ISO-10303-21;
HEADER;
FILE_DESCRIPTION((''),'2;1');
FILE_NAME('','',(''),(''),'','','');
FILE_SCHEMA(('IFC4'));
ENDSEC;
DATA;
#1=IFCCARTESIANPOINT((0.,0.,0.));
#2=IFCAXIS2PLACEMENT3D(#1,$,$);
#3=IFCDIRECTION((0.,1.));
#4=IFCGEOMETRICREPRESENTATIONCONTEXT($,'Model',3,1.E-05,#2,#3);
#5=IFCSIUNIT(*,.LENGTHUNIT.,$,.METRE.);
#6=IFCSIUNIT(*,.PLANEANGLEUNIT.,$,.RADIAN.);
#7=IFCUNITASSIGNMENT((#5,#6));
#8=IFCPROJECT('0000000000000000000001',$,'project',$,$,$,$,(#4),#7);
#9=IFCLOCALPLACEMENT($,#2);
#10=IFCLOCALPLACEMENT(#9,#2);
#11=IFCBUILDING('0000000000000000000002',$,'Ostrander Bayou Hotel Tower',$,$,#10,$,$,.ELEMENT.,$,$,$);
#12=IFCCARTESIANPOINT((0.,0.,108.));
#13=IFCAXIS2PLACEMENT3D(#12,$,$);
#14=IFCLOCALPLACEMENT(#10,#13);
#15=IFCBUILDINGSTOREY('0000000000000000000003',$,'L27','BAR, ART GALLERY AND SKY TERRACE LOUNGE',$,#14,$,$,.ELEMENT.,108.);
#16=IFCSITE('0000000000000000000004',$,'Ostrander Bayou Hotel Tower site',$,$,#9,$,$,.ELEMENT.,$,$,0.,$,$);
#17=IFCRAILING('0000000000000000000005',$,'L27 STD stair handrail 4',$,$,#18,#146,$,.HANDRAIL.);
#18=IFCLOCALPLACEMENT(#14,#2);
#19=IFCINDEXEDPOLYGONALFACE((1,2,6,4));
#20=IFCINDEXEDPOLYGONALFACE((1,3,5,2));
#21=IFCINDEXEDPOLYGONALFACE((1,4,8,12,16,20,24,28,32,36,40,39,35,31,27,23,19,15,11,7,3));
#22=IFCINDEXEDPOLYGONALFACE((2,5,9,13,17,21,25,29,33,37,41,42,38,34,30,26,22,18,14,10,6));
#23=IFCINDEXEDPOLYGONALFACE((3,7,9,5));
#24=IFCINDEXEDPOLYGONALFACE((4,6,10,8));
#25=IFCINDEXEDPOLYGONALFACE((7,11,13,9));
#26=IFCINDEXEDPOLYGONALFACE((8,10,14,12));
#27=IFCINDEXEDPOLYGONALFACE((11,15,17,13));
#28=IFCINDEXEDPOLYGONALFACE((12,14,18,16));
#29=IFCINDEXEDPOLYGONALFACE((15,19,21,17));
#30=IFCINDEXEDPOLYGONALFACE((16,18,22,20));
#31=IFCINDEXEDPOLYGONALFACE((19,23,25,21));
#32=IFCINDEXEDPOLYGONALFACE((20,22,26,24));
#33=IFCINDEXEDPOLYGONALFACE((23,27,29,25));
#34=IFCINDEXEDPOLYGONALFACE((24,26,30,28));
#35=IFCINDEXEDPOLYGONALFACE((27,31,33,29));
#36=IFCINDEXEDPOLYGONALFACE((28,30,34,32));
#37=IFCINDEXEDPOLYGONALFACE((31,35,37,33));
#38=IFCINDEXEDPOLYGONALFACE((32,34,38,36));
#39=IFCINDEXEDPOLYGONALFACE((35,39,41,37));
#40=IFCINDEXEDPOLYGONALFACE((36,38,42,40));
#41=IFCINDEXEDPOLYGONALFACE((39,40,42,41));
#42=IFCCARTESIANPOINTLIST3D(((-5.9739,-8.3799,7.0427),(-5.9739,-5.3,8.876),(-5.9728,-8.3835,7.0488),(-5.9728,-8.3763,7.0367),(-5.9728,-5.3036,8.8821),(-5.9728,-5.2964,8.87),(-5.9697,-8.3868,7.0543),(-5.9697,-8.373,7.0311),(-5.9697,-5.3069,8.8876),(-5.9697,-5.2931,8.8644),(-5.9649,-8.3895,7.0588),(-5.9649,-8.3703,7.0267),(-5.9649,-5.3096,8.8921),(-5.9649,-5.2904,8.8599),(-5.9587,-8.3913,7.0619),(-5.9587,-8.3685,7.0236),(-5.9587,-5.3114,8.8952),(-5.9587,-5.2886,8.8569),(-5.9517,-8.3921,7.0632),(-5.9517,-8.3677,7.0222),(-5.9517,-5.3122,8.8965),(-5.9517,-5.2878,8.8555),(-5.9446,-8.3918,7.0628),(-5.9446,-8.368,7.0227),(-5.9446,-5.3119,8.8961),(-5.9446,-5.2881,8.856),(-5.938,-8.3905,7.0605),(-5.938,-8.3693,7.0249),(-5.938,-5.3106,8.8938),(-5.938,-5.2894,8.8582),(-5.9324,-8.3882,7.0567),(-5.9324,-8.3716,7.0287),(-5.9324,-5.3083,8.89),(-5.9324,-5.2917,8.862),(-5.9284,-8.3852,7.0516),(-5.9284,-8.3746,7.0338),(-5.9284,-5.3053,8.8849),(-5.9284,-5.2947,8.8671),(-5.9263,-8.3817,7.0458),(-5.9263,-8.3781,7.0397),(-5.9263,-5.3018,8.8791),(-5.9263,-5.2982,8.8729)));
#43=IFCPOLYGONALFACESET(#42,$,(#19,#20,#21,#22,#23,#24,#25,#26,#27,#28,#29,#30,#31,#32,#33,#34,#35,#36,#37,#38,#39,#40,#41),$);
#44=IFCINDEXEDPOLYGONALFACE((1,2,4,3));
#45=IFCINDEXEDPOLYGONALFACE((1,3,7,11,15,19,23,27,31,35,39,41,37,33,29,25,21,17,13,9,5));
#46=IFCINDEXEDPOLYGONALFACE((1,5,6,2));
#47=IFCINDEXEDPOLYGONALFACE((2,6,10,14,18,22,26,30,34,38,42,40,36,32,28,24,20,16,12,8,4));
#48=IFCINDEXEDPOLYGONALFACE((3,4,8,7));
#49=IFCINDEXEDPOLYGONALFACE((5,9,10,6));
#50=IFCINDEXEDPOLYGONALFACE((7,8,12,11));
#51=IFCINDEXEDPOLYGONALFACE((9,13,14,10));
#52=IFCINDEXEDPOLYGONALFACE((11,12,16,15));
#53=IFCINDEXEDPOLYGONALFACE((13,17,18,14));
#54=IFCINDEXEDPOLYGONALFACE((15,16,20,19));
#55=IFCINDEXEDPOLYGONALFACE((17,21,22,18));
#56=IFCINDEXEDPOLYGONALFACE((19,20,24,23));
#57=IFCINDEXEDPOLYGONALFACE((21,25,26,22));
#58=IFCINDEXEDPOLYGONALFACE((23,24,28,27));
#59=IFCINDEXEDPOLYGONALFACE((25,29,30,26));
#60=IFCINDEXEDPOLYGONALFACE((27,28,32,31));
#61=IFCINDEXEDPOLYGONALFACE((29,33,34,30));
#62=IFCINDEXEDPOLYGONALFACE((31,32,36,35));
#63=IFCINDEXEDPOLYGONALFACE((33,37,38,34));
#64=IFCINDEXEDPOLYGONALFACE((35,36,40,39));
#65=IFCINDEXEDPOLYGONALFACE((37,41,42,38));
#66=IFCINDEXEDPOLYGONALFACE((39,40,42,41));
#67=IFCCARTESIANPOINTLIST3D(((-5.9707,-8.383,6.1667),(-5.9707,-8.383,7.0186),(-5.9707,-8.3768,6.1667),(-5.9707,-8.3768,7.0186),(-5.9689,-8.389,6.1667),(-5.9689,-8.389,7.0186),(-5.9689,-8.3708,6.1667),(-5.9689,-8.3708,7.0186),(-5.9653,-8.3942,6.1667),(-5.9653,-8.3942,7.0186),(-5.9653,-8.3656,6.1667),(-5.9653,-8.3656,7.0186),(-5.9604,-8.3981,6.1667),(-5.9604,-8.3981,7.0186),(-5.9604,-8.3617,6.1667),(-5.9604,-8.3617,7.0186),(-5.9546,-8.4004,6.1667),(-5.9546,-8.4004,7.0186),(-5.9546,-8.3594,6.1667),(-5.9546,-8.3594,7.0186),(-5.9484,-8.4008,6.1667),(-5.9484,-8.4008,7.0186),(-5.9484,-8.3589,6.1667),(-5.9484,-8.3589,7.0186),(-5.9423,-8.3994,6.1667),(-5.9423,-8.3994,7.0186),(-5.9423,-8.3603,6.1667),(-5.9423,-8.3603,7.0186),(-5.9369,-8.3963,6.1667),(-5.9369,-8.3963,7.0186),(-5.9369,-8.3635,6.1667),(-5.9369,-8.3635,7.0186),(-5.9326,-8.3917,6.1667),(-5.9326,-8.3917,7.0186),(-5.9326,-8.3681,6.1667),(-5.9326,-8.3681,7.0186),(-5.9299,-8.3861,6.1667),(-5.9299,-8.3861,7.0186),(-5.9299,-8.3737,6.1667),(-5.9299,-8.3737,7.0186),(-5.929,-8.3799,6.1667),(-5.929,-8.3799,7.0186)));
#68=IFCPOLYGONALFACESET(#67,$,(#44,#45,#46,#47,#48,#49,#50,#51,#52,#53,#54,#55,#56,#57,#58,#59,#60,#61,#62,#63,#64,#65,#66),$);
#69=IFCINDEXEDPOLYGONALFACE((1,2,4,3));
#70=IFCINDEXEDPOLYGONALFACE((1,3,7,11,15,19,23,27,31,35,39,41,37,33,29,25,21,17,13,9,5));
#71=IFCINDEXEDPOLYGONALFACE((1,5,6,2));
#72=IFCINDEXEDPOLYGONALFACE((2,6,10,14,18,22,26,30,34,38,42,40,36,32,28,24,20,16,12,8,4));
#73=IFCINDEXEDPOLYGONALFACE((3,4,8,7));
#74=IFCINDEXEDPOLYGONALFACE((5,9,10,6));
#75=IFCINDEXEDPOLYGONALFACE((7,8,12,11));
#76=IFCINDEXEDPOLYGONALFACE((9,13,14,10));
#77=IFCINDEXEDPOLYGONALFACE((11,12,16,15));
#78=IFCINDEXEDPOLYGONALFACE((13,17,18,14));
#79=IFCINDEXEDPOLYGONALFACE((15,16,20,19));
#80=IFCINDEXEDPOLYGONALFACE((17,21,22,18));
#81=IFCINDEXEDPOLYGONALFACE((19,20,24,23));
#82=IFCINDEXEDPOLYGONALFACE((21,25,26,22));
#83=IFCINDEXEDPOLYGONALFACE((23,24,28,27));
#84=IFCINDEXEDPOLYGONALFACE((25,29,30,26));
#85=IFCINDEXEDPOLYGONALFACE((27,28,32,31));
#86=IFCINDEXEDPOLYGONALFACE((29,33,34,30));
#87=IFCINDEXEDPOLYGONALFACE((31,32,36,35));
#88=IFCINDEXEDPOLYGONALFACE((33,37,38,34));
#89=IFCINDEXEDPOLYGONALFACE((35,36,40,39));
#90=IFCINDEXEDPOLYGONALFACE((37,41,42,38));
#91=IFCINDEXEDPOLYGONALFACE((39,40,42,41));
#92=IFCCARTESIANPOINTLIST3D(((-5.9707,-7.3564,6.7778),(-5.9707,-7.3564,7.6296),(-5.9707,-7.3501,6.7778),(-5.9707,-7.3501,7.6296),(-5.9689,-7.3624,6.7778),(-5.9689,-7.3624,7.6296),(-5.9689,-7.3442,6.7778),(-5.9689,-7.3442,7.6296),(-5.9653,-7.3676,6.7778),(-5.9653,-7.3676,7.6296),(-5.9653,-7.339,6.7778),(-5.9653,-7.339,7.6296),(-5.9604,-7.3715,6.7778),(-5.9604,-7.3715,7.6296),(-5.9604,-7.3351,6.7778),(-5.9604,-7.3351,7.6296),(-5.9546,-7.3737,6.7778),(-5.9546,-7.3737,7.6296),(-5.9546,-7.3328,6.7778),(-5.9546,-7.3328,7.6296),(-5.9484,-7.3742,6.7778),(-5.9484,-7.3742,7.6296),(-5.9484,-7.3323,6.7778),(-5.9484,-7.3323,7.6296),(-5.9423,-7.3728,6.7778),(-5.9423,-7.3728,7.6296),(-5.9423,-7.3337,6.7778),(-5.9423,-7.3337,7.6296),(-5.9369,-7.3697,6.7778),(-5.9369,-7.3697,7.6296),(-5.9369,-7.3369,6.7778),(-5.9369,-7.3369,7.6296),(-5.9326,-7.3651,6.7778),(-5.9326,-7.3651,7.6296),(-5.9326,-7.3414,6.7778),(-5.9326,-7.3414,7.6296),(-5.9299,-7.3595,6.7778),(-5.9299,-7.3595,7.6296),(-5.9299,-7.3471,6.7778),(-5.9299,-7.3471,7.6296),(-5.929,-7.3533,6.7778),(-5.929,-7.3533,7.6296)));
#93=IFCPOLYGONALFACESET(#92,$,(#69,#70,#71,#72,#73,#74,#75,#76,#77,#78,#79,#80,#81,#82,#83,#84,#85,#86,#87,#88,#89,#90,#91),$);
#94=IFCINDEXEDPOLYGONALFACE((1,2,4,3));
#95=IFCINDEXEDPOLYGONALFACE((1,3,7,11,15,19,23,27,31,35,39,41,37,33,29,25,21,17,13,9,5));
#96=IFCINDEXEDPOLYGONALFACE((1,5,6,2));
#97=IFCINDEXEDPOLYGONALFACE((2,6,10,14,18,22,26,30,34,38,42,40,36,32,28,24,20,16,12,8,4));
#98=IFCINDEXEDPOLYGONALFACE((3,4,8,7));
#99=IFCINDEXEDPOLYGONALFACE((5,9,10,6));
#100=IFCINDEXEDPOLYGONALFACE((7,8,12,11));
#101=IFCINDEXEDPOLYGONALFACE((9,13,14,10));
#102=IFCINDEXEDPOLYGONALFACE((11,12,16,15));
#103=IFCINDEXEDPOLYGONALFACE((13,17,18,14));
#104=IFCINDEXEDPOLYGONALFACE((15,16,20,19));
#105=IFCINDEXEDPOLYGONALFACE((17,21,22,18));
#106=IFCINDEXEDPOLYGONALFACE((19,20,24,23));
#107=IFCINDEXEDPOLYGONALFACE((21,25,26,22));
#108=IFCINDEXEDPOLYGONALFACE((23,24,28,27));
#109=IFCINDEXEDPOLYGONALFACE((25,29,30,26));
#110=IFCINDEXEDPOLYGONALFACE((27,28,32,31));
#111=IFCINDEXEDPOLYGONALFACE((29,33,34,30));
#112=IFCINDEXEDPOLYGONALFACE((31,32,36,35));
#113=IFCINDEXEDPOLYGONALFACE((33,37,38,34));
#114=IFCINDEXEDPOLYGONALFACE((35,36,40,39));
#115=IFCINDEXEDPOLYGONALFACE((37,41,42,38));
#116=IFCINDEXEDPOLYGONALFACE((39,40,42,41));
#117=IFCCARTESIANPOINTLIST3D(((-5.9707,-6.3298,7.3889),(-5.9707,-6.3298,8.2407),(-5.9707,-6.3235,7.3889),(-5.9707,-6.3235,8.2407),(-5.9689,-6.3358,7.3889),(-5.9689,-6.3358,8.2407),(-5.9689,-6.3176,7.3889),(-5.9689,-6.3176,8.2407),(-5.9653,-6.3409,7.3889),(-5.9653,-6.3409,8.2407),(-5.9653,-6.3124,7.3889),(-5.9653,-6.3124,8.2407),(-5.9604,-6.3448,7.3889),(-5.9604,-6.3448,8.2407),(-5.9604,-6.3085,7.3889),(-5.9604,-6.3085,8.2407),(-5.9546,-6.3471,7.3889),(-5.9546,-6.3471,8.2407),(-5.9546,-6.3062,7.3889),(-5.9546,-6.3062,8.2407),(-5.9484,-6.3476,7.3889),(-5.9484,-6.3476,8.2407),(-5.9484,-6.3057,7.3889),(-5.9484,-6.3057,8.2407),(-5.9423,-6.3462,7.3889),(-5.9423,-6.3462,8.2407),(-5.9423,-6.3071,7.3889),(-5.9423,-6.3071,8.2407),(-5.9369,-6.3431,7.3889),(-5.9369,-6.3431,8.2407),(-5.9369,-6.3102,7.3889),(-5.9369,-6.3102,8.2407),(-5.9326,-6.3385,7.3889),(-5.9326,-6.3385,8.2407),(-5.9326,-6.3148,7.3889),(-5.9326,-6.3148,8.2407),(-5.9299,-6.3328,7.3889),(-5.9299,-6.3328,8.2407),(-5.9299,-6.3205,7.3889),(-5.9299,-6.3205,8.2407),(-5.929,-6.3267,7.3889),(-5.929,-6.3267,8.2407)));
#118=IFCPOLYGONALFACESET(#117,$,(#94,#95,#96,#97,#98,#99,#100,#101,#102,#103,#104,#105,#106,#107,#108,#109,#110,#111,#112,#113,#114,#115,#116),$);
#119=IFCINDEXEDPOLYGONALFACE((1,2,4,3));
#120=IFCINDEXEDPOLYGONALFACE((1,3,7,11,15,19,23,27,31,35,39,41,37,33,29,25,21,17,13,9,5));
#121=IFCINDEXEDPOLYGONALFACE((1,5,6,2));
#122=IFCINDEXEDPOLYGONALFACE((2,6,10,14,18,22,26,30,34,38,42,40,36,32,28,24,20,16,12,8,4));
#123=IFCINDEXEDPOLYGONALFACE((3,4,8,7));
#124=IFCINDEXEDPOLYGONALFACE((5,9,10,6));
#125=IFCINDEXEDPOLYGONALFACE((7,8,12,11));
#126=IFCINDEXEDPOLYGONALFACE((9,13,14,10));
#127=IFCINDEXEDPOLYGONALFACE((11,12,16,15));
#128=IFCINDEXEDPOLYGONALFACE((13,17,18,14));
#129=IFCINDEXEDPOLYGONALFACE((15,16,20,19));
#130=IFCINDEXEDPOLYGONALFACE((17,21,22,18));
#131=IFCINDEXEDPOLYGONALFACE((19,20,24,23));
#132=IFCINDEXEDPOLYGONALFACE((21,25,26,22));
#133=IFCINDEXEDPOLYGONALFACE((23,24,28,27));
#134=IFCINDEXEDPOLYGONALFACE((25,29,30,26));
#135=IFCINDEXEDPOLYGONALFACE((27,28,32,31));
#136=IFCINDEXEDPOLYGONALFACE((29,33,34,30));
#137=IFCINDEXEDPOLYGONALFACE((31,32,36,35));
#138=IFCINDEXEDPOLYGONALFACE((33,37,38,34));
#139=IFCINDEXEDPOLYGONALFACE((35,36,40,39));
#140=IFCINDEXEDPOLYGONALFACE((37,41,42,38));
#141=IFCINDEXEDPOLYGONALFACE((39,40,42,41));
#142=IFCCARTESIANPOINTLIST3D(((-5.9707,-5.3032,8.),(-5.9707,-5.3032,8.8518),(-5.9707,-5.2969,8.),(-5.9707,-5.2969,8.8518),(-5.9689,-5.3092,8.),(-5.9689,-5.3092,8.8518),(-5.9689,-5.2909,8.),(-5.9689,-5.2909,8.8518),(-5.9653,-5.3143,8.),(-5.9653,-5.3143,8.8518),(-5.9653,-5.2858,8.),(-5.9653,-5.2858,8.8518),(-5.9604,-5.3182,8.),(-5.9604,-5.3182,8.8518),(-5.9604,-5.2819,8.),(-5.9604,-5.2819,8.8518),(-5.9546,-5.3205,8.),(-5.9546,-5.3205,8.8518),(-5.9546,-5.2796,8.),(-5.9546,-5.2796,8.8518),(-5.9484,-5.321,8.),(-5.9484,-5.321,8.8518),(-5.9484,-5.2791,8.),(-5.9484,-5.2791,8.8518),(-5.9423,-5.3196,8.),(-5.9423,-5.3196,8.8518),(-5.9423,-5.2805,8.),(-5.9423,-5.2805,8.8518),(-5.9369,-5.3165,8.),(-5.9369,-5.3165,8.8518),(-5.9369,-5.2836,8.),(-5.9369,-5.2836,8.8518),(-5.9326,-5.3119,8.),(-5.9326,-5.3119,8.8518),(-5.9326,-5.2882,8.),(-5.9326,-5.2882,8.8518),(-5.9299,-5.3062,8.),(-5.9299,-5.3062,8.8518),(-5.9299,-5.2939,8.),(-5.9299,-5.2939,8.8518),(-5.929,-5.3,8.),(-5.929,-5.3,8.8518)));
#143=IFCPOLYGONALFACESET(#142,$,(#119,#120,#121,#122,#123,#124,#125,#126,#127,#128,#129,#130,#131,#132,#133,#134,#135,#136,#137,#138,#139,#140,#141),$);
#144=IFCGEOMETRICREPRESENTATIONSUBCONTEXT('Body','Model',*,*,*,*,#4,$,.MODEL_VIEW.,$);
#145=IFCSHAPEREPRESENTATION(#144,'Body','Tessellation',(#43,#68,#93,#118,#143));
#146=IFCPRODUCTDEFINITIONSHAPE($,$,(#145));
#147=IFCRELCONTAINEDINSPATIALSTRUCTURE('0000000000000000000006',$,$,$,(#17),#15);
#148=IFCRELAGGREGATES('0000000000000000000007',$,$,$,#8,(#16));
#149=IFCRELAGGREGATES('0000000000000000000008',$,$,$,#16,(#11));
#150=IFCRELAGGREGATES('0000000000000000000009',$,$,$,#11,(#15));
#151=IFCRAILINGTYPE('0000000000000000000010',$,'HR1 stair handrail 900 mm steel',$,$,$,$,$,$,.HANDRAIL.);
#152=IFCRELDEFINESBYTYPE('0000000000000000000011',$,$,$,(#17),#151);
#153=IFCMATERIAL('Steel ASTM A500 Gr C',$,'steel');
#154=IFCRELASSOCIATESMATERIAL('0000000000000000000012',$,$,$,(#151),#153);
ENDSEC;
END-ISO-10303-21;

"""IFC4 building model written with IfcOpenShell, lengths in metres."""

from ifc_helpers import new_model, si_unit, direction, frame, origin, origin_2d, place, context, subcontext, project, spatial, circle, extrude, material, type_object, element, save


model = new_model("IFC4")

# Units and contexts
model_context = context("Model", 3, precision=1e-05, world=origin(), true_north=direction((0.0, 1.0)))
body_context = subcontext(model_context, "Body", "Model", "MODEL_VIEW")
ifc_project = project(units=[si_unit("LENGTHUNIT", "METRE"), si_unit("PLANEANGLEUNIT", "RADIAN")], contexts=[model_context])

# Site, building, storey
site_placement = place(None, origin())
site = spatial("IfcSite", under=ifc_project, at=site_placement, Name="Ostrander Bayou Hotel Tower site", CompositionType="ELEMENT", RefElevation=0.0)
building_placement = place(site_placement, origin())
building = spatial("IfcBuilding", under=site, at=building_placement, Name="Ostrander Bayou Hotel Tower", CompositionType="ELEMENT")
storey_placement = place(building_placement, frame((0.0, 0.0, 108.0)))
storey = spatial("IfcBuildingStorey", under=building, at=storey_placement, Name="L27", Description="BAR, ART GALLERY AND SKY TERRACE LOUNGE", CompositionType="ELEMENT", Elevation=108.0)

# Railing
ifc_material_1 = material(Name="Steel ASTM A500 Gr C", Category="steel")
railing_type_1 = type_object("IfcRailingType", Name="HR1 stair handrail 900 mm steel", PredefinedType="HANDRAIL", material=ifc_material_1)
railing_1_placement = place(storey_placement, frame((-5.95, -8.3799, 6.1667)))
element("IfcRailing", 1, at=railing_1_placement, inside=storey, type_object=railing_type_1, Name="L27 STD stair handrail 4", PredefinedType="HANDRAIL", context=body_context, shape_type="SweptSolid", body=[
    extrude(circle(Radius=0.0239, at=origin_2d()), frame((0.0, 0.0, 0.876), z_axis=(0.0, 0.859291, 0.511487), x_axis=(-1.0, 0.0, 0.0)), (0.0, 0.0, 1.0), 3.5842),
    extrude(circle(Radius=0.021, at=origin_2d()), origin(), (0.0, 0.0, 1.0), 0.8518),
    extrude(circle(Radius=0.021, at=origin_2d()), frame((0.0, 1.0266, 0.6111)), (0.0, 0.0, 1.0), 0.8518),
    extrude(circle(Radius=0.021, at=origin_2d()), frame((0.0, 2.0532, 1.2222)), (0.0, 0.0, 1.0), 0.8518),
    extrude(circle(Radius=0.021, at=origin_2d()), frame((0.0, 3.0798, 1.8333)), (0.0, 0.0, 1.0), 0.8518),
])

save(model, "model.ifc")
